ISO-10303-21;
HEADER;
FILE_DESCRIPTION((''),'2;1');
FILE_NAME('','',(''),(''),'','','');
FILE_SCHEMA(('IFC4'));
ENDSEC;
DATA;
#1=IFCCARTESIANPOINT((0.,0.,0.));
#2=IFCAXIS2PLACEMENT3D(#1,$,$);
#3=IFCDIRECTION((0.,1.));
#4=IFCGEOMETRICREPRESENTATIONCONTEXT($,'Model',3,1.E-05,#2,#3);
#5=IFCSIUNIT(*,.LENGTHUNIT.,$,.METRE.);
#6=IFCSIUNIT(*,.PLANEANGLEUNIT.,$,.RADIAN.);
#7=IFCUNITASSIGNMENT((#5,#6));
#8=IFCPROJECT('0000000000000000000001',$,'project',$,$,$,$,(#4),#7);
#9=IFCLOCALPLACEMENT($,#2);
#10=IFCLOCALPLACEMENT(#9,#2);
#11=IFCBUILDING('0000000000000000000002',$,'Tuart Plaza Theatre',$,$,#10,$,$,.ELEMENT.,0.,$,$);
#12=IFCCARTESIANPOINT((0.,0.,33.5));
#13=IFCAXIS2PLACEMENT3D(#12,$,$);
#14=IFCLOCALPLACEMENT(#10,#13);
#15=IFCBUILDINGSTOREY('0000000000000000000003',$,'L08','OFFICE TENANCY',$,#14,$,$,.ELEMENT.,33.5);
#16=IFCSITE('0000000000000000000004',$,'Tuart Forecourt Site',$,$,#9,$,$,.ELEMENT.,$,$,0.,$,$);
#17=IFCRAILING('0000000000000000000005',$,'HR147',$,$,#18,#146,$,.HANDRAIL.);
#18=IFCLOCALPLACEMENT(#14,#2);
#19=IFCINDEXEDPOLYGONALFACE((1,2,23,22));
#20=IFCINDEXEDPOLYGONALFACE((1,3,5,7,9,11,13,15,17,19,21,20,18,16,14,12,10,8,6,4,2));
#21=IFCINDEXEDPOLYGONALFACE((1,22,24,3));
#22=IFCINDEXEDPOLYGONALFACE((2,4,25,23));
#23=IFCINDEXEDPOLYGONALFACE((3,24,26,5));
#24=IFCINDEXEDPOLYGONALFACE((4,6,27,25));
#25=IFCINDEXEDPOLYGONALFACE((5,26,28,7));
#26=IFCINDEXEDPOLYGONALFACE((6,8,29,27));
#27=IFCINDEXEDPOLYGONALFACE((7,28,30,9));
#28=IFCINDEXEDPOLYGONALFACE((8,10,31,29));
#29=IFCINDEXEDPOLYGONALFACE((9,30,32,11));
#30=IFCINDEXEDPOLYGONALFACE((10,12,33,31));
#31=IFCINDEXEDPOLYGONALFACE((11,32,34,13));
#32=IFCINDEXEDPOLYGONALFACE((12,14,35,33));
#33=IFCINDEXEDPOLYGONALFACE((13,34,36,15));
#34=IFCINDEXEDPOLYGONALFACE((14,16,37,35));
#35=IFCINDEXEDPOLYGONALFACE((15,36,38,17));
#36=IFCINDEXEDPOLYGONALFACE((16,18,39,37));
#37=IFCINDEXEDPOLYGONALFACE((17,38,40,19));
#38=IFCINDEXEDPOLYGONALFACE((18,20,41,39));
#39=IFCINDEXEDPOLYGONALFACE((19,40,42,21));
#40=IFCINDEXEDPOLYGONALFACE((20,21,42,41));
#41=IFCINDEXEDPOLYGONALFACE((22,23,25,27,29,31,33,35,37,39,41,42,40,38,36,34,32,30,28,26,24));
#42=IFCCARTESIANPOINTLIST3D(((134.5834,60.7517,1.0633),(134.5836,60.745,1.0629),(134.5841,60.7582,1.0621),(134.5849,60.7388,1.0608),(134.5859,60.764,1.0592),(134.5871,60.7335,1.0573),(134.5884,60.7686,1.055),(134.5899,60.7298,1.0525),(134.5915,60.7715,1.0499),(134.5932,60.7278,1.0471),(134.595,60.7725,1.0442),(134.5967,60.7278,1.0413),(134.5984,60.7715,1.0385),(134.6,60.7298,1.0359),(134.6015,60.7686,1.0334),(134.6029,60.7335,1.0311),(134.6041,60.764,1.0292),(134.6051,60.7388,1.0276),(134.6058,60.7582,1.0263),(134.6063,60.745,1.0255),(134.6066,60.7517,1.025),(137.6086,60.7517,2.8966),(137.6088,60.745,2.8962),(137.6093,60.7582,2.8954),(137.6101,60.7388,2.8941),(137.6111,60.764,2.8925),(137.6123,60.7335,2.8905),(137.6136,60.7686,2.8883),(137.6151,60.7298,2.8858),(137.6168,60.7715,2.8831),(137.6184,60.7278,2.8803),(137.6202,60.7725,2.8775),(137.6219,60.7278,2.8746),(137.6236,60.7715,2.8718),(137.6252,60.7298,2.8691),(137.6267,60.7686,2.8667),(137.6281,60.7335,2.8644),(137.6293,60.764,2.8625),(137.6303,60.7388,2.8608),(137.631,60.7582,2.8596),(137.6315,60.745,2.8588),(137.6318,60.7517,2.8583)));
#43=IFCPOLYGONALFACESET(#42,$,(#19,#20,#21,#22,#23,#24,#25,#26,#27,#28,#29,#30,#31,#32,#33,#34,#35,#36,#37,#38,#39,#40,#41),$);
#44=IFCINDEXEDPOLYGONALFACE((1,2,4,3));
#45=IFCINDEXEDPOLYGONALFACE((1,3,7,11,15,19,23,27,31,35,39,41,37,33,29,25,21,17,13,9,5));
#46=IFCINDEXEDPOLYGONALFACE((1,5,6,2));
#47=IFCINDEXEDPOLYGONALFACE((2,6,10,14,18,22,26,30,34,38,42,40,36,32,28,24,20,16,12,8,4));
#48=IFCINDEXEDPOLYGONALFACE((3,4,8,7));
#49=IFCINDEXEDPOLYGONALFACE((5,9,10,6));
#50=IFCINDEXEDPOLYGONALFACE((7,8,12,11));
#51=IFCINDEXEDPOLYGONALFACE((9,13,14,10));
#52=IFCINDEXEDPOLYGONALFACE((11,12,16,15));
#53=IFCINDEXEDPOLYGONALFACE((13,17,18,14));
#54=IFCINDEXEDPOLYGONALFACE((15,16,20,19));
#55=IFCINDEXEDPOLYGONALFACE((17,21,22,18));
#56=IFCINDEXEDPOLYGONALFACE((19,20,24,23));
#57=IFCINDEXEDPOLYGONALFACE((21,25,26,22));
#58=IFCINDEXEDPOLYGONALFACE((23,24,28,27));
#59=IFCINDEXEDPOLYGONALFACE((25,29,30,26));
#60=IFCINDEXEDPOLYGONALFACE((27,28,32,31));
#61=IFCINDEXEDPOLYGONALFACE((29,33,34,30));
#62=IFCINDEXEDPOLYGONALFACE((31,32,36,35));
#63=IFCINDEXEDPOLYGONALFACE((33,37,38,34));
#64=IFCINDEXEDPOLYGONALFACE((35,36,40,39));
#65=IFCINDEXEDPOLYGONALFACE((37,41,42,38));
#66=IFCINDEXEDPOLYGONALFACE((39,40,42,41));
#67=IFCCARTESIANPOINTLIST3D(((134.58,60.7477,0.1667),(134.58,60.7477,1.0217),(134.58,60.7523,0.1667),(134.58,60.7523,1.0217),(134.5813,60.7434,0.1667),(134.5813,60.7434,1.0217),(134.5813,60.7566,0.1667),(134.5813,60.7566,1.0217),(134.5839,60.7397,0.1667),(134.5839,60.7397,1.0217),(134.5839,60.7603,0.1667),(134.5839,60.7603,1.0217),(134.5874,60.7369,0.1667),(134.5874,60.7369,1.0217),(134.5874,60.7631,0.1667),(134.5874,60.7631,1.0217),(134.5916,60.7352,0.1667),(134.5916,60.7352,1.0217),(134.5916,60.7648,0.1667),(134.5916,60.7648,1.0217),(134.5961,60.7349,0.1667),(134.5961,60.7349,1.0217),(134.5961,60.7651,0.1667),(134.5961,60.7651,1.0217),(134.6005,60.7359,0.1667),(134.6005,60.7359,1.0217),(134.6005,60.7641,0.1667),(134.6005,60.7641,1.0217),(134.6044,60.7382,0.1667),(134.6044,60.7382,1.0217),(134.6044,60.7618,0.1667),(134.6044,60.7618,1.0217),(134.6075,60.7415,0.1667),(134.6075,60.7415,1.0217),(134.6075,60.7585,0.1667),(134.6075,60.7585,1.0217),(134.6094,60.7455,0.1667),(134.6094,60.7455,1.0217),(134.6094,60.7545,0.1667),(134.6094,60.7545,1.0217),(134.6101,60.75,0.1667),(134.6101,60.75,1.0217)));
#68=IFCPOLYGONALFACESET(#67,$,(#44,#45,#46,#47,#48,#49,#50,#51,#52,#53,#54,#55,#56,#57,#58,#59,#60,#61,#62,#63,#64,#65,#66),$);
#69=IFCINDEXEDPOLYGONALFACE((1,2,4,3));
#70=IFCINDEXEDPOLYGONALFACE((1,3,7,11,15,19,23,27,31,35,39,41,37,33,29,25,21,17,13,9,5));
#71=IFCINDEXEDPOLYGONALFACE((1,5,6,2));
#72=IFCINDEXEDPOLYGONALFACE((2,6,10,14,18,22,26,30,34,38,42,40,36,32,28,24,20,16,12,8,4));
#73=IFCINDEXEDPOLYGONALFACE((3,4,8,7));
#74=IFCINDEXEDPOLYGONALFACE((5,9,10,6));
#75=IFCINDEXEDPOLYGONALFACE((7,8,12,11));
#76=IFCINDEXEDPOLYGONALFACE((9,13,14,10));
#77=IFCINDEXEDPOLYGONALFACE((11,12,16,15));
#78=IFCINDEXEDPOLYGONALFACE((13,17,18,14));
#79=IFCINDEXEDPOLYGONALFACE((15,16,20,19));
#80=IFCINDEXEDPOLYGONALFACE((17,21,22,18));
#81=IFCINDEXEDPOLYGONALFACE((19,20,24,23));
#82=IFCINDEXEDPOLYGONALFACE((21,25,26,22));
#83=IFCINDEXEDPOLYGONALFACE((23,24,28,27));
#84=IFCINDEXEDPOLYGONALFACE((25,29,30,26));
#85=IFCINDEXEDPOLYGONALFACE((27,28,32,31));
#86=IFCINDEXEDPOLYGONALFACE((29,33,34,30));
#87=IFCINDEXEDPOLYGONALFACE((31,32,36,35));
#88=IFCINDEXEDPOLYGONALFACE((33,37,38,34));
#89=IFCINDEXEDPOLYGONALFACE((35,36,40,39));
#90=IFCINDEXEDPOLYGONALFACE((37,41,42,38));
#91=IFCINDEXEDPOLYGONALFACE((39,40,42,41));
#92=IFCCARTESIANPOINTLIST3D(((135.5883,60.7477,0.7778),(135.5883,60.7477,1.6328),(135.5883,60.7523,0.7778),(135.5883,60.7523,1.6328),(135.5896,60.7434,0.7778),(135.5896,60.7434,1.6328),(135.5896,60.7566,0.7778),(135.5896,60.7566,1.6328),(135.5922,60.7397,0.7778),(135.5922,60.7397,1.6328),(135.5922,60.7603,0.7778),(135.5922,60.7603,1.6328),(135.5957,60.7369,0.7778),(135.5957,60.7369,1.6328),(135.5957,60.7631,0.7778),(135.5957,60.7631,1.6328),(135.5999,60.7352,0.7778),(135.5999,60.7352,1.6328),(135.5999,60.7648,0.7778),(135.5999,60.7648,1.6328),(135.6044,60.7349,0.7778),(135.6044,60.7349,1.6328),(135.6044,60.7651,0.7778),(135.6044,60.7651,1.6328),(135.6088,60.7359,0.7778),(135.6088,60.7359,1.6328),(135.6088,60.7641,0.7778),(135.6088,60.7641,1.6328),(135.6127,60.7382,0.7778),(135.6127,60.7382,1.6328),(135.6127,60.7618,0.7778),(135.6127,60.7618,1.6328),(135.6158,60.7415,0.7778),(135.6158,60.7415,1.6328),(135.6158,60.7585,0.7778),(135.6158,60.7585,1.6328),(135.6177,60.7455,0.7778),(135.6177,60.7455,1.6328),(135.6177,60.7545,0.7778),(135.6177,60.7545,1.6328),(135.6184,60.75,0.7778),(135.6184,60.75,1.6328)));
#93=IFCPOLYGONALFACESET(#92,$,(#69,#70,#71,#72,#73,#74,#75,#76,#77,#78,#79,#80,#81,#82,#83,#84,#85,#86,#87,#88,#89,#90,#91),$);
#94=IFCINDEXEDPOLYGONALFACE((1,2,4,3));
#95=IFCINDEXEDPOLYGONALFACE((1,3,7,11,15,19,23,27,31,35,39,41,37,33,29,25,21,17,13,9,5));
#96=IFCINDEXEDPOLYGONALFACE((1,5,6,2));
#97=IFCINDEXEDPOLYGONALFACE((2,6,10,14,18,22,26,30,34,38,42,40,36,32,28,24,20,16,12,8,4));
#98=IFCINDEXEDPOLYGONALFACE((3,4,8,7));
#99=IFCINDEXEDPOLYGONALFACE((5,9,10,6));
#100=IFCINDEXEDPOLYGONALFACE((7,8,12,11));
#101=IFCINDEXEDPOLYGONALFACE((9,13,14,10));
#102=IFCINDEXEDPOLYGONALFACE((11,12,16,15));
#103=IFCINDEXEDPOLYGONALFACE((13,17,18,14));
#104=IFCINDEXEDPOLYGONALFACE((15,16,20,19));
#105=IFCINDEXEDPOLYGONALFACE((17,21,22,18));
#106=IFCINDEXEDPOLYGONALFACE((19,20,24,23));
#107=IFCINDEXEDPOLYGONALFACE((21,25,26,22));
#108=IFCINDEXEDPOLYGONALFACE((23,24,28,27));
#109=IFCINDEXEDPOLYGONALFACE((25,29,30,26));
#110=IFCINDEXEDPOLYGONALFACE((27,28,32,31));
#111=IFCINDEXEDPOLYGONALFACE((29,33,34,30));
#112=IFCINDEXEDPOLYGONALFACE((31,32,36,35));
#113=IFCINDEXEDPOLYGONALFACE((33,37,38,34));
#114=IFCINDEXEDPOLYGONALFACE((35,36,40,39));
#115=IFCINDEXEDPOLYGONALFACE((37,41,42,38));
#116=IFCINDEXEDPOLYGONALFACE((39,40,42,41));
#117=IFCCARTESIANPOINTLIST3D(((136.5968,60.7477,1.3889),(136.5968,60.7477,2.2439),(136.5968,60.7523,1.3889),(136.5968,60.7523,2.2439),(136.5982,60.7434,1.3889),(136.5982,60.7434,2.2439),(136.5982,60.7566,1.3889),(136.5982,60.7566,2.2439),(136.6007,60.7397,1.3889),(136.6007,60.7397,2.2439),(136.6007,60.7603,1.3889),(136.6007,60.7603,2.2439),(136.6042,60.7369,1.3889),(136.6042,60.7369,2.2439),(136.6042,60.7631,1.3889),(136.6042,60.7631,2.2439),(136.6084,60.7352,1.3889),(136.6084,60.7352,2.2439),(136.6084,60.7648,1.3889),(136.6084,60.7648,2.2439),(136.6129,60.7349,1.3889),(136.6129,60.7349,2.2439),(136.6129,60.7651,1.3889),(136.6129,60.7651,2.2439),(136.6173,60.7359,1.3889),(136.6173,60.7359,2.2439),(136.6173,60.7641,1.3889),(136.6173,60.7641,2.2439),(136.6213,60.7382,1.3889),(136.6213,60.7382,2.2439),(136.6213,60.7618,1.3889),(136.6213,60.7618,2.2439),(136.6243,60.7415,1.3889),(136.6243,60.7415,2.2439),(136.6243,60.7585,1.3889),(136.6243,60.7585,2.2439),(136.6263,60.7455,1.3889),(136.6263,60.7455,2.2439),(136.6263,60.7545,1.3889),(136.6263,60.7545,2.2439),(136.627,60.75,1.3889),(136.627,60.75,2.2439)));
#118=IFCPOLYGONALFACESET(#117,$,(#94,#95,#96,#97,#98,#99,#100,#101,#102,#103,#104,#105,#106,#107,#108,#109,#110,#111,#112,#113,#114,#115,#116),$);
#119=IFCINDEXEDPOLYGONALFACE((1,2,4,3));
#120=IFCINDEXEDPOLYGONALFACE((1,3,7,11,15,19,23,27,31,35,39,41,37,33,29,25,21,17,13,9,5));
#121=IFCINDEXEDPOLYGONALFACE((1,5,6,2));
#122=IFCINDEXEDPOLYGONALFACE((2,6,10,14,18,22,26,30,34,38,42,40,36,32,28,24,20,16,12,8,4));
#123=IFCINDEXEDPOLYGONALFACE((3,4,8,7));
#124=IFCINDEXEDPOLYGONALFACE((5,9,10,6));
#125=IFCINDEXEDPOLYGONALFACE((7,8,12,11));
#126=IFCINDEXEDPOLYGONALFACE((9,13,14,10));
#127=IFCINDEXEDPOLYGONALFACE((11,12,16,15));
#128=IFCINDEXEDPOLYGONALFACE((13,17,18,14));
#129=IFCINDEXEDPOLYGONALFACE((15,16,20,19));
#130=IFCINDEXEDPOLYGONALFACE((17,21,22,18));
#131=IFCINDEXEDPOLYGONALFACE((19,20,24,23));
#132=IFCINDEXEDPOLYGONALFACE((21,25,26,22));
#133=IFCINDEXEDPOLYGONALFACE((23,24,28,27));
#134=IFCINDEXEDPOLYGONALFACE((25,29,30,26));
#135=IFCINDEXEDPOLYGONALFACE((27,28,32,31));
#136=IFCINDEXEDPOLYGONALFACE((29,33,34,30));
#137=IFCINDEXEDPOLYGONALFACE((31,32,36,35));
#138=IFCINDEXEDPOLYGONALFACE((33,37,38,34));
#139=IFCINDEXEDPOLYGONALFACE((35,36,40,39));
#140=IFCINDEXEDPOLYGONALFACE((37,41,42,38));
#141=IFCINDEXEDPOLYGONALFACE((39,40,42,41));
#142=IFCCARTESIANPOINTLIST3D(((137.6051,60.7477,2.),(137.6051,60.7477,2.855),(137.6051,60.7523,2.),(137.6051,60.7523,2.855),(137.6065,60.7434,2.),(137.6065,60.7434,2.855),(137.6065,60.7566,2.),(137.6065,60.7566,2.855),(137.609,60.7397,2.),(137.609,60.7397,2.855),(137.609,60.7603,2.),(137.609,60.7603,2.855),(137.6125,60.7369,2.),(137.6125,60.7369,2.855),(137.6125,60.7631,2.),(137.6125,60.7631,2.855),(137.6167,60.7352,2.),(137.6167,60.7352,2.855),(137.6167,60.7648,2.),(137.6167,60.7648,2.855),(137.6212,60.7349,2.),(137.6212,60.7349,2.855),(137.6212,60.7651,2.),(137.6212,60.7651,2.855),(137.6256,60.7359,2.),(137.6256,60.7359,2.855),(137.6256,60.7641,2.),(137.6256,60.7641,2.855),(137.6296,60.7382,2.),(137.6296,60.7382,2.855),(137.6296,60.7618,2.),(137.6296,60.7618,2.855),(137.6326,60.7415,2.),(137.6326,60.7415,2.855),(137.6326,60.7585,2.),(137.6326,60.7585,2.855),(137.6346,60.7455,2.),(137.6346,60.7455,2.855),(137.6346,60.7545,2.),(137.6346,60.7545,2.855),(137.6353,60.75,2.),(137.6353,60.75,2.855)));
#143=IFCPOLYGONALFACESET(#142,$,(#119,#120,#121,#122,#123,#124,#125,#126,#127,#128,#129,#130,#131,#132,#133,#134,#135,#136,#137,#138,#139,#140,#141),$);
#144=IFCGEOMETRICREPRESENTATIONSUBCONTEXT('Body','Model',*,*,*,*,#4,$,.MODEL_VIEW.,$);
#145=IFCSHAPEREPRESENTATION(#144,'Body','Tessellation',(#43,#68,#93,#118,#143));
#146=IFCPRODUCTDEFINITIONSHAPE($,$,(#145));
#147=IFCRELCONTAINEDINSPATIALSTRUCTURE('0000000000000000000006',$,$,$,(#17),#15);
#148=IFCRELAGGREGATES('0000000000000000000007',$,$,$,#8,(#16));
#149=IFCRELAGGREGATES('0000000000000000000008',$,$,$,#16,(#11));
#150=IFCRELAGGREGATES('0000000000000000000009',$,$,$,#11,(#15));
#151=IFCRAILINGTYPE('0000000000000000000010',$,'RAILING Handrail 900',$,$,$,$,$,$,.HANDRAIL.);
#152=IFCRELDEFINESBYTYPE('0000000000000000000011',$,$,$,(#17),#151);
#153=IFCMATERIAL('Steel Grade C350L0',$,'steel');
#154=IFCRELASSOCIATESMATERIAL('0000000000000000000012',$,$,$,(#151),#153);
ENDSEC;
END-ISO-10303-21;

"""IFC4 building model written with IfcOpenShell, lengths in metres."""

from ifc_helpers import new_model, si_unit, direction, frame, origin, origin_2d, place, context, subcontext, project, spatial, circle, extrude, material, type_object, element, save


model = new_model("IFC4")

# Units and contexts
model_context = context("Model", 3, precision=1e-05, world=origin(), true_north=direction((0.0, 1.0)))
body_context = subcontext(model_context, "Body", "Model", "MODEL_VIEW")
ifc_project = project(units=[si_unit("LENGTHUNIT", "METRE"), si_unit("PLANEANGLEUNIT", "RADIAN")], contexts=[model_context])

# Site, building, storey
site_placement = place(None, origin())
site = spatial("IfcSite", under=ifc_project, at=site_placement, Name="Tuart Forecourt Site", CompositionType="ELEMENT", RefElevation=0.0)
building_placement = place(site_placement, origin())
building = spatial("IfcBuilding", under=site, at=building_placement, Name="Tuart Plaza Theatre", CompositionType="ELEMENT", ElevationOfRefHeight=0.0)
storey_placement = place(building_placement, frame((0.0, 0.0, 33.5)))
storey = spatial("IfcBuildingStorey", under=building, at=storey_placement, Name="L08", Description="OFFICE TENANCY", CompositionType="ELEMENT", Elevation=33.5)

# Railing
ifc_material_1 = material(Name="Steel Grade C350L0", Category="steel")
railing_type_1 = type_object("IfcRailingType", Name="RAILING Handrail 900", PredefinedType="HANDRAIL", material=ifc_material_1)
for number, where, name in (
    (1, (134.595, 60.75, 0.1667), "HR147"),
):
    element("IfcRailing", number, at=place(storey_placement, frame(where)), inside=storey, type_object=railing_type_1, Name=name, PredefinedType="HANDRAIL", context=body_context, shape_type="SweptSolid", body=[
        extrude(circle(Radius=0.0225, at=origin_2d()), frame((0.0, 0.0, 0.8774), z_axis=(0.855219, 0.0, 0.518267), x_axis=(0.0, 1.0, 0.0)), (0.0, 0.0, 1.0), 3.5374),
        extrude(circle(Radius=0.0151, at=origin_2d()), origin(), (0.0, 0.0, 1.0), 0.855),
        extrude(circle(Radius=0.0151, at=origin_2d()), frame((1.0083, 0.0, 0.6111)), (0.0, 0.0, 1.0), 0.855),
        extrude(circle(Radius=0.0151, at=origin_2d()), frame((2.0168, 0.0, 1.2222)), (0.0, 0.0, 1.0), 0.855),
        extrude(circle(Radius=0.0151, at=origin_2d()), frame((3.0251, 0.0, 1.8333)), (0.0, 0.0, 1.0), 0.855),
    ])

save(model, "model.ifc")
